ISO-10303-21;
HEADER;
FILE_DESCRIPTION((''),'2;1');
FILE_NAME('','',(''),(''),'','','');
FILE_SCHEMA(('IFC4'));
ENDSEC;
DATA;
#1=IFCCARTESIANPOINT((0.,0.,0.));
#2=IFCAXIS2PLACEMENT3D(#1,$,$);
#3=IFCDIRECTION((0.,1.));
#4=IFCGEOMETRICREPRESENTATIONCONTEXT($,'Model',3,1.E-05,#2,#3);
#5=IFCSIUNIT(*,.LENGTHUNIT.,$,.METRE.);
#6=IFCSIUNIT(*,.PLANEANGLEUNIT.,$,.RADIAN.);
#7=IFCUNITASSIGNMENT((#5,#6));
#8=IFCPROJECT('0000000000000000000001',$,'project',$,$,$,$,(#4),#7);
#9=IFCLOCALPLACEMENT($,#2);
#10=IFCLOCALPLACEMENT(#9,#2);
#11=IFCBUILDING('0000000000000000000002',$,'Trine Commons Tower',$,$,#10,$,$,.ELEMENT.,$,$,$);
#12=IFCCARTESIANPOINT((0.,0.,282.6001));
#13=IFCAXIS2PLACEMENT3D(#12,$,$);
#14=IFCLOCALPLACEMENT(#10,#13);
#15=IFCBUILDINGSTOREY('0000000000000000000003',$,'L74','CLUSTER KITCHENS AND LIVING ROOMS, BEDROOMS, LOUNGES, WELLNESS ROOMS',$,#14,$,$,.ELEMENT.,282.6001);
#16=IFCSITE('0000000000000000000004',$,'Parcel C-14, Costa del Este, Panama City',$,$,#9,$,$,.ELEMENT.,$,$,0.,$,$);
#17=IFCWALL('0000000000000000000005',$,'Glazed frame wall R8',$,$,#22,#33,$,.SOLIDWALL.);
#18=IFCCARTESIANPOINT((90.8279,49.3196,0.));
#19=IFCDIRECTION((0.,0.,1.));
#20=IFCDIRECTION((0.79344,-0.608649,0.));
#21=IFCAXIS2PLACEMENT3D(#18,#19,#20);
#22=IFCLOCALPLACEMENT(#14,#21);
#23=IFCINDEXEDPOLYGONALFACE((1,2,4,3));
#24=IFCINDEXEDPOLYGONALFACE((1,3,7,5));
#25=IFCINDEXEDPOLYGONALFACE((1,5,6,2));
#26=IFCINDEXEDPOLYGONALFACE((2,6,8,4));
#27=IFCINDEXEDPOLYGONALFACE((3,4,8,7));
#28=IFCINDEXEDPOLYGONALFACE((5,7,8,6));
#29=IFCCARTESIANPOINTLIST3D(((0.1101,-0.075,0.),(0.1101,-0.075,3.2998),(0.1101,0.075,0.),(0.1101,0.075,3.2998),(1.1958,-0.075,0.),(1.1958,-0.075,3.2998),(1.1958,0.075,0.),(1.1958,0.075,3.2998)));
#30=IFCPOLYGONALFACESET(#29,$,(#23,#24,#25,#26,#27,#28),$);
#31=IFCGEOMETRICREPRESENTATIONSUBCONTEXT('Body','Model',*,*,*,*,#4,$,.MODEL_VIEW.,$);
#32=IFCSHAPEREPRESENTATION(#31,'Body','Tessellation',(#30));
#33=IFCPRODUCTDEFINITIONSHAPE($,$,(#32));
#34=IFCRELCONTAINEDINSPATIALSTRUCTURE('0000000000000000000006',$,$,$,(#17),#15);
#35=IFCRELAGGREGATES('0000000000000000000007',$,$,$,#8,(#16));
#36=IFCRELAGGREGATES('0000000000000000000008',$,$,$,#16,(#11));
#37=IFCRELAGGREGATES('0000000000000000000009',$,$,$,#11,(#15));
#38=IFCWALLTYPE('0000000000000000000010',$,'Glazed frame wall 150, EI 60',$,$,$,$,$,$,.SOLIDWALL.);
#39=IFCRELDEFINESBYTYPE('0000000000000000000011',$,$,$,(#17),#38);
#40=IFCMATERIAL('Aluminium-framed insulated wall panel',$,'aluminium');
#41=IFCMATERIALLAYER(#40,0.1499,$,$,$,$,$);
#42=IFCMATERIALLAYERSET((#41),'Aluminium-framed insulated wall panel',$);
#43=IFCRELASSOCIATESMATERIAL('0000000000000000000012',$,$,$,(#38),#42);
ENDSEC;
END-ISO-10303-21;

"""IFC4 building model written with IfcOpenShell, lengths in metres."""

from ifc_helpers import new_model, si_unit, direction, frame, origin, place, context, subcontext, project, spatial, polyline, outline, extrude, material, layer, layer_set, type_object, element, save


model = new_model("IFC4")

# Units and contexts
model_context = context("Model", 3, precision=1e-05, world=origin(), true_north=direction((0.0, 1.0)))
body_context = subcontext(model_context, "Body", "Model", "MODEL_VIEW")
ifc_project = project(units=[si_unit("LENGTHUNIT", "METRE"), si_unit("PLANEANGLEUNIT", "RADIAN")], contexts=[model_context])

# Site, building, storey
site_placement = place(None, origin())
site = spatial("IfcSite", under=ifc_project, at=site_placement, Name="Parcel C-14, Costa del Este, Panama City", CompositionType="ELEMENT", RefElevation=0.0)
building_placement = place(site_placement, origin())
building = spatial("IfcBuilding", under=site, at=building_placement, Name="Trine Commons Tower", CompositionType="ELEMENT")
storey_placement = place(building_placement, frame((0.0, 0.0, 282.6001)))
storey = spatial("IfcBuildingStorey", under=building, at=storey_placement, Name="L74", Description="CLUSTER KITCHENS AND LIVING ROOMS, BEDROOMS, LOUNGES, WELLNESS ROOMS", CompositionType="ELEMENT", Elevation=282.6001)

# Shared definitions
ifc_material_1 = material(Name="Aluminium-framed insulated wall panel", Category="aluminium")
ifc_layer_1 = layer(ifc_material_1, 0.1499)
ifc_layer_set_1 = layer_set([ifc_layer_1], Name="Aluminium-framed insulated wall panel")
wall_type_1 = type_object("IfcWallType", Name="Glazed frame wall 150, EI 60", PredefinedType="SOLIDWALL", material=ifc_layer_set_1)

# Wall
wall_1_placement = place(storey_placement, frame((90.8279, 49.3196, 0.0), z_axis=(0.0, 0.0, 1.0), x_axis=(0.79344, -0.608649, 0.0)))
element("IfcWall", 1, at=wall_1_placement, inside=storey, type_object=wall_type_1, Name="Glazed frame wall R8", PredefinedType="SOLIDWALL", context=body_context, shape_type="SweptSolid", body=[
    extrude(outline(polyline([(0.1101, 0.075), (0.1101, -0.075), (1.1958, -0.075), (1.1958, 0.075), (0.1101, 0.075)])), origin(), (0.0, 0.0, 1.0), 3.2998),
])

save(model, "model.ifc")
